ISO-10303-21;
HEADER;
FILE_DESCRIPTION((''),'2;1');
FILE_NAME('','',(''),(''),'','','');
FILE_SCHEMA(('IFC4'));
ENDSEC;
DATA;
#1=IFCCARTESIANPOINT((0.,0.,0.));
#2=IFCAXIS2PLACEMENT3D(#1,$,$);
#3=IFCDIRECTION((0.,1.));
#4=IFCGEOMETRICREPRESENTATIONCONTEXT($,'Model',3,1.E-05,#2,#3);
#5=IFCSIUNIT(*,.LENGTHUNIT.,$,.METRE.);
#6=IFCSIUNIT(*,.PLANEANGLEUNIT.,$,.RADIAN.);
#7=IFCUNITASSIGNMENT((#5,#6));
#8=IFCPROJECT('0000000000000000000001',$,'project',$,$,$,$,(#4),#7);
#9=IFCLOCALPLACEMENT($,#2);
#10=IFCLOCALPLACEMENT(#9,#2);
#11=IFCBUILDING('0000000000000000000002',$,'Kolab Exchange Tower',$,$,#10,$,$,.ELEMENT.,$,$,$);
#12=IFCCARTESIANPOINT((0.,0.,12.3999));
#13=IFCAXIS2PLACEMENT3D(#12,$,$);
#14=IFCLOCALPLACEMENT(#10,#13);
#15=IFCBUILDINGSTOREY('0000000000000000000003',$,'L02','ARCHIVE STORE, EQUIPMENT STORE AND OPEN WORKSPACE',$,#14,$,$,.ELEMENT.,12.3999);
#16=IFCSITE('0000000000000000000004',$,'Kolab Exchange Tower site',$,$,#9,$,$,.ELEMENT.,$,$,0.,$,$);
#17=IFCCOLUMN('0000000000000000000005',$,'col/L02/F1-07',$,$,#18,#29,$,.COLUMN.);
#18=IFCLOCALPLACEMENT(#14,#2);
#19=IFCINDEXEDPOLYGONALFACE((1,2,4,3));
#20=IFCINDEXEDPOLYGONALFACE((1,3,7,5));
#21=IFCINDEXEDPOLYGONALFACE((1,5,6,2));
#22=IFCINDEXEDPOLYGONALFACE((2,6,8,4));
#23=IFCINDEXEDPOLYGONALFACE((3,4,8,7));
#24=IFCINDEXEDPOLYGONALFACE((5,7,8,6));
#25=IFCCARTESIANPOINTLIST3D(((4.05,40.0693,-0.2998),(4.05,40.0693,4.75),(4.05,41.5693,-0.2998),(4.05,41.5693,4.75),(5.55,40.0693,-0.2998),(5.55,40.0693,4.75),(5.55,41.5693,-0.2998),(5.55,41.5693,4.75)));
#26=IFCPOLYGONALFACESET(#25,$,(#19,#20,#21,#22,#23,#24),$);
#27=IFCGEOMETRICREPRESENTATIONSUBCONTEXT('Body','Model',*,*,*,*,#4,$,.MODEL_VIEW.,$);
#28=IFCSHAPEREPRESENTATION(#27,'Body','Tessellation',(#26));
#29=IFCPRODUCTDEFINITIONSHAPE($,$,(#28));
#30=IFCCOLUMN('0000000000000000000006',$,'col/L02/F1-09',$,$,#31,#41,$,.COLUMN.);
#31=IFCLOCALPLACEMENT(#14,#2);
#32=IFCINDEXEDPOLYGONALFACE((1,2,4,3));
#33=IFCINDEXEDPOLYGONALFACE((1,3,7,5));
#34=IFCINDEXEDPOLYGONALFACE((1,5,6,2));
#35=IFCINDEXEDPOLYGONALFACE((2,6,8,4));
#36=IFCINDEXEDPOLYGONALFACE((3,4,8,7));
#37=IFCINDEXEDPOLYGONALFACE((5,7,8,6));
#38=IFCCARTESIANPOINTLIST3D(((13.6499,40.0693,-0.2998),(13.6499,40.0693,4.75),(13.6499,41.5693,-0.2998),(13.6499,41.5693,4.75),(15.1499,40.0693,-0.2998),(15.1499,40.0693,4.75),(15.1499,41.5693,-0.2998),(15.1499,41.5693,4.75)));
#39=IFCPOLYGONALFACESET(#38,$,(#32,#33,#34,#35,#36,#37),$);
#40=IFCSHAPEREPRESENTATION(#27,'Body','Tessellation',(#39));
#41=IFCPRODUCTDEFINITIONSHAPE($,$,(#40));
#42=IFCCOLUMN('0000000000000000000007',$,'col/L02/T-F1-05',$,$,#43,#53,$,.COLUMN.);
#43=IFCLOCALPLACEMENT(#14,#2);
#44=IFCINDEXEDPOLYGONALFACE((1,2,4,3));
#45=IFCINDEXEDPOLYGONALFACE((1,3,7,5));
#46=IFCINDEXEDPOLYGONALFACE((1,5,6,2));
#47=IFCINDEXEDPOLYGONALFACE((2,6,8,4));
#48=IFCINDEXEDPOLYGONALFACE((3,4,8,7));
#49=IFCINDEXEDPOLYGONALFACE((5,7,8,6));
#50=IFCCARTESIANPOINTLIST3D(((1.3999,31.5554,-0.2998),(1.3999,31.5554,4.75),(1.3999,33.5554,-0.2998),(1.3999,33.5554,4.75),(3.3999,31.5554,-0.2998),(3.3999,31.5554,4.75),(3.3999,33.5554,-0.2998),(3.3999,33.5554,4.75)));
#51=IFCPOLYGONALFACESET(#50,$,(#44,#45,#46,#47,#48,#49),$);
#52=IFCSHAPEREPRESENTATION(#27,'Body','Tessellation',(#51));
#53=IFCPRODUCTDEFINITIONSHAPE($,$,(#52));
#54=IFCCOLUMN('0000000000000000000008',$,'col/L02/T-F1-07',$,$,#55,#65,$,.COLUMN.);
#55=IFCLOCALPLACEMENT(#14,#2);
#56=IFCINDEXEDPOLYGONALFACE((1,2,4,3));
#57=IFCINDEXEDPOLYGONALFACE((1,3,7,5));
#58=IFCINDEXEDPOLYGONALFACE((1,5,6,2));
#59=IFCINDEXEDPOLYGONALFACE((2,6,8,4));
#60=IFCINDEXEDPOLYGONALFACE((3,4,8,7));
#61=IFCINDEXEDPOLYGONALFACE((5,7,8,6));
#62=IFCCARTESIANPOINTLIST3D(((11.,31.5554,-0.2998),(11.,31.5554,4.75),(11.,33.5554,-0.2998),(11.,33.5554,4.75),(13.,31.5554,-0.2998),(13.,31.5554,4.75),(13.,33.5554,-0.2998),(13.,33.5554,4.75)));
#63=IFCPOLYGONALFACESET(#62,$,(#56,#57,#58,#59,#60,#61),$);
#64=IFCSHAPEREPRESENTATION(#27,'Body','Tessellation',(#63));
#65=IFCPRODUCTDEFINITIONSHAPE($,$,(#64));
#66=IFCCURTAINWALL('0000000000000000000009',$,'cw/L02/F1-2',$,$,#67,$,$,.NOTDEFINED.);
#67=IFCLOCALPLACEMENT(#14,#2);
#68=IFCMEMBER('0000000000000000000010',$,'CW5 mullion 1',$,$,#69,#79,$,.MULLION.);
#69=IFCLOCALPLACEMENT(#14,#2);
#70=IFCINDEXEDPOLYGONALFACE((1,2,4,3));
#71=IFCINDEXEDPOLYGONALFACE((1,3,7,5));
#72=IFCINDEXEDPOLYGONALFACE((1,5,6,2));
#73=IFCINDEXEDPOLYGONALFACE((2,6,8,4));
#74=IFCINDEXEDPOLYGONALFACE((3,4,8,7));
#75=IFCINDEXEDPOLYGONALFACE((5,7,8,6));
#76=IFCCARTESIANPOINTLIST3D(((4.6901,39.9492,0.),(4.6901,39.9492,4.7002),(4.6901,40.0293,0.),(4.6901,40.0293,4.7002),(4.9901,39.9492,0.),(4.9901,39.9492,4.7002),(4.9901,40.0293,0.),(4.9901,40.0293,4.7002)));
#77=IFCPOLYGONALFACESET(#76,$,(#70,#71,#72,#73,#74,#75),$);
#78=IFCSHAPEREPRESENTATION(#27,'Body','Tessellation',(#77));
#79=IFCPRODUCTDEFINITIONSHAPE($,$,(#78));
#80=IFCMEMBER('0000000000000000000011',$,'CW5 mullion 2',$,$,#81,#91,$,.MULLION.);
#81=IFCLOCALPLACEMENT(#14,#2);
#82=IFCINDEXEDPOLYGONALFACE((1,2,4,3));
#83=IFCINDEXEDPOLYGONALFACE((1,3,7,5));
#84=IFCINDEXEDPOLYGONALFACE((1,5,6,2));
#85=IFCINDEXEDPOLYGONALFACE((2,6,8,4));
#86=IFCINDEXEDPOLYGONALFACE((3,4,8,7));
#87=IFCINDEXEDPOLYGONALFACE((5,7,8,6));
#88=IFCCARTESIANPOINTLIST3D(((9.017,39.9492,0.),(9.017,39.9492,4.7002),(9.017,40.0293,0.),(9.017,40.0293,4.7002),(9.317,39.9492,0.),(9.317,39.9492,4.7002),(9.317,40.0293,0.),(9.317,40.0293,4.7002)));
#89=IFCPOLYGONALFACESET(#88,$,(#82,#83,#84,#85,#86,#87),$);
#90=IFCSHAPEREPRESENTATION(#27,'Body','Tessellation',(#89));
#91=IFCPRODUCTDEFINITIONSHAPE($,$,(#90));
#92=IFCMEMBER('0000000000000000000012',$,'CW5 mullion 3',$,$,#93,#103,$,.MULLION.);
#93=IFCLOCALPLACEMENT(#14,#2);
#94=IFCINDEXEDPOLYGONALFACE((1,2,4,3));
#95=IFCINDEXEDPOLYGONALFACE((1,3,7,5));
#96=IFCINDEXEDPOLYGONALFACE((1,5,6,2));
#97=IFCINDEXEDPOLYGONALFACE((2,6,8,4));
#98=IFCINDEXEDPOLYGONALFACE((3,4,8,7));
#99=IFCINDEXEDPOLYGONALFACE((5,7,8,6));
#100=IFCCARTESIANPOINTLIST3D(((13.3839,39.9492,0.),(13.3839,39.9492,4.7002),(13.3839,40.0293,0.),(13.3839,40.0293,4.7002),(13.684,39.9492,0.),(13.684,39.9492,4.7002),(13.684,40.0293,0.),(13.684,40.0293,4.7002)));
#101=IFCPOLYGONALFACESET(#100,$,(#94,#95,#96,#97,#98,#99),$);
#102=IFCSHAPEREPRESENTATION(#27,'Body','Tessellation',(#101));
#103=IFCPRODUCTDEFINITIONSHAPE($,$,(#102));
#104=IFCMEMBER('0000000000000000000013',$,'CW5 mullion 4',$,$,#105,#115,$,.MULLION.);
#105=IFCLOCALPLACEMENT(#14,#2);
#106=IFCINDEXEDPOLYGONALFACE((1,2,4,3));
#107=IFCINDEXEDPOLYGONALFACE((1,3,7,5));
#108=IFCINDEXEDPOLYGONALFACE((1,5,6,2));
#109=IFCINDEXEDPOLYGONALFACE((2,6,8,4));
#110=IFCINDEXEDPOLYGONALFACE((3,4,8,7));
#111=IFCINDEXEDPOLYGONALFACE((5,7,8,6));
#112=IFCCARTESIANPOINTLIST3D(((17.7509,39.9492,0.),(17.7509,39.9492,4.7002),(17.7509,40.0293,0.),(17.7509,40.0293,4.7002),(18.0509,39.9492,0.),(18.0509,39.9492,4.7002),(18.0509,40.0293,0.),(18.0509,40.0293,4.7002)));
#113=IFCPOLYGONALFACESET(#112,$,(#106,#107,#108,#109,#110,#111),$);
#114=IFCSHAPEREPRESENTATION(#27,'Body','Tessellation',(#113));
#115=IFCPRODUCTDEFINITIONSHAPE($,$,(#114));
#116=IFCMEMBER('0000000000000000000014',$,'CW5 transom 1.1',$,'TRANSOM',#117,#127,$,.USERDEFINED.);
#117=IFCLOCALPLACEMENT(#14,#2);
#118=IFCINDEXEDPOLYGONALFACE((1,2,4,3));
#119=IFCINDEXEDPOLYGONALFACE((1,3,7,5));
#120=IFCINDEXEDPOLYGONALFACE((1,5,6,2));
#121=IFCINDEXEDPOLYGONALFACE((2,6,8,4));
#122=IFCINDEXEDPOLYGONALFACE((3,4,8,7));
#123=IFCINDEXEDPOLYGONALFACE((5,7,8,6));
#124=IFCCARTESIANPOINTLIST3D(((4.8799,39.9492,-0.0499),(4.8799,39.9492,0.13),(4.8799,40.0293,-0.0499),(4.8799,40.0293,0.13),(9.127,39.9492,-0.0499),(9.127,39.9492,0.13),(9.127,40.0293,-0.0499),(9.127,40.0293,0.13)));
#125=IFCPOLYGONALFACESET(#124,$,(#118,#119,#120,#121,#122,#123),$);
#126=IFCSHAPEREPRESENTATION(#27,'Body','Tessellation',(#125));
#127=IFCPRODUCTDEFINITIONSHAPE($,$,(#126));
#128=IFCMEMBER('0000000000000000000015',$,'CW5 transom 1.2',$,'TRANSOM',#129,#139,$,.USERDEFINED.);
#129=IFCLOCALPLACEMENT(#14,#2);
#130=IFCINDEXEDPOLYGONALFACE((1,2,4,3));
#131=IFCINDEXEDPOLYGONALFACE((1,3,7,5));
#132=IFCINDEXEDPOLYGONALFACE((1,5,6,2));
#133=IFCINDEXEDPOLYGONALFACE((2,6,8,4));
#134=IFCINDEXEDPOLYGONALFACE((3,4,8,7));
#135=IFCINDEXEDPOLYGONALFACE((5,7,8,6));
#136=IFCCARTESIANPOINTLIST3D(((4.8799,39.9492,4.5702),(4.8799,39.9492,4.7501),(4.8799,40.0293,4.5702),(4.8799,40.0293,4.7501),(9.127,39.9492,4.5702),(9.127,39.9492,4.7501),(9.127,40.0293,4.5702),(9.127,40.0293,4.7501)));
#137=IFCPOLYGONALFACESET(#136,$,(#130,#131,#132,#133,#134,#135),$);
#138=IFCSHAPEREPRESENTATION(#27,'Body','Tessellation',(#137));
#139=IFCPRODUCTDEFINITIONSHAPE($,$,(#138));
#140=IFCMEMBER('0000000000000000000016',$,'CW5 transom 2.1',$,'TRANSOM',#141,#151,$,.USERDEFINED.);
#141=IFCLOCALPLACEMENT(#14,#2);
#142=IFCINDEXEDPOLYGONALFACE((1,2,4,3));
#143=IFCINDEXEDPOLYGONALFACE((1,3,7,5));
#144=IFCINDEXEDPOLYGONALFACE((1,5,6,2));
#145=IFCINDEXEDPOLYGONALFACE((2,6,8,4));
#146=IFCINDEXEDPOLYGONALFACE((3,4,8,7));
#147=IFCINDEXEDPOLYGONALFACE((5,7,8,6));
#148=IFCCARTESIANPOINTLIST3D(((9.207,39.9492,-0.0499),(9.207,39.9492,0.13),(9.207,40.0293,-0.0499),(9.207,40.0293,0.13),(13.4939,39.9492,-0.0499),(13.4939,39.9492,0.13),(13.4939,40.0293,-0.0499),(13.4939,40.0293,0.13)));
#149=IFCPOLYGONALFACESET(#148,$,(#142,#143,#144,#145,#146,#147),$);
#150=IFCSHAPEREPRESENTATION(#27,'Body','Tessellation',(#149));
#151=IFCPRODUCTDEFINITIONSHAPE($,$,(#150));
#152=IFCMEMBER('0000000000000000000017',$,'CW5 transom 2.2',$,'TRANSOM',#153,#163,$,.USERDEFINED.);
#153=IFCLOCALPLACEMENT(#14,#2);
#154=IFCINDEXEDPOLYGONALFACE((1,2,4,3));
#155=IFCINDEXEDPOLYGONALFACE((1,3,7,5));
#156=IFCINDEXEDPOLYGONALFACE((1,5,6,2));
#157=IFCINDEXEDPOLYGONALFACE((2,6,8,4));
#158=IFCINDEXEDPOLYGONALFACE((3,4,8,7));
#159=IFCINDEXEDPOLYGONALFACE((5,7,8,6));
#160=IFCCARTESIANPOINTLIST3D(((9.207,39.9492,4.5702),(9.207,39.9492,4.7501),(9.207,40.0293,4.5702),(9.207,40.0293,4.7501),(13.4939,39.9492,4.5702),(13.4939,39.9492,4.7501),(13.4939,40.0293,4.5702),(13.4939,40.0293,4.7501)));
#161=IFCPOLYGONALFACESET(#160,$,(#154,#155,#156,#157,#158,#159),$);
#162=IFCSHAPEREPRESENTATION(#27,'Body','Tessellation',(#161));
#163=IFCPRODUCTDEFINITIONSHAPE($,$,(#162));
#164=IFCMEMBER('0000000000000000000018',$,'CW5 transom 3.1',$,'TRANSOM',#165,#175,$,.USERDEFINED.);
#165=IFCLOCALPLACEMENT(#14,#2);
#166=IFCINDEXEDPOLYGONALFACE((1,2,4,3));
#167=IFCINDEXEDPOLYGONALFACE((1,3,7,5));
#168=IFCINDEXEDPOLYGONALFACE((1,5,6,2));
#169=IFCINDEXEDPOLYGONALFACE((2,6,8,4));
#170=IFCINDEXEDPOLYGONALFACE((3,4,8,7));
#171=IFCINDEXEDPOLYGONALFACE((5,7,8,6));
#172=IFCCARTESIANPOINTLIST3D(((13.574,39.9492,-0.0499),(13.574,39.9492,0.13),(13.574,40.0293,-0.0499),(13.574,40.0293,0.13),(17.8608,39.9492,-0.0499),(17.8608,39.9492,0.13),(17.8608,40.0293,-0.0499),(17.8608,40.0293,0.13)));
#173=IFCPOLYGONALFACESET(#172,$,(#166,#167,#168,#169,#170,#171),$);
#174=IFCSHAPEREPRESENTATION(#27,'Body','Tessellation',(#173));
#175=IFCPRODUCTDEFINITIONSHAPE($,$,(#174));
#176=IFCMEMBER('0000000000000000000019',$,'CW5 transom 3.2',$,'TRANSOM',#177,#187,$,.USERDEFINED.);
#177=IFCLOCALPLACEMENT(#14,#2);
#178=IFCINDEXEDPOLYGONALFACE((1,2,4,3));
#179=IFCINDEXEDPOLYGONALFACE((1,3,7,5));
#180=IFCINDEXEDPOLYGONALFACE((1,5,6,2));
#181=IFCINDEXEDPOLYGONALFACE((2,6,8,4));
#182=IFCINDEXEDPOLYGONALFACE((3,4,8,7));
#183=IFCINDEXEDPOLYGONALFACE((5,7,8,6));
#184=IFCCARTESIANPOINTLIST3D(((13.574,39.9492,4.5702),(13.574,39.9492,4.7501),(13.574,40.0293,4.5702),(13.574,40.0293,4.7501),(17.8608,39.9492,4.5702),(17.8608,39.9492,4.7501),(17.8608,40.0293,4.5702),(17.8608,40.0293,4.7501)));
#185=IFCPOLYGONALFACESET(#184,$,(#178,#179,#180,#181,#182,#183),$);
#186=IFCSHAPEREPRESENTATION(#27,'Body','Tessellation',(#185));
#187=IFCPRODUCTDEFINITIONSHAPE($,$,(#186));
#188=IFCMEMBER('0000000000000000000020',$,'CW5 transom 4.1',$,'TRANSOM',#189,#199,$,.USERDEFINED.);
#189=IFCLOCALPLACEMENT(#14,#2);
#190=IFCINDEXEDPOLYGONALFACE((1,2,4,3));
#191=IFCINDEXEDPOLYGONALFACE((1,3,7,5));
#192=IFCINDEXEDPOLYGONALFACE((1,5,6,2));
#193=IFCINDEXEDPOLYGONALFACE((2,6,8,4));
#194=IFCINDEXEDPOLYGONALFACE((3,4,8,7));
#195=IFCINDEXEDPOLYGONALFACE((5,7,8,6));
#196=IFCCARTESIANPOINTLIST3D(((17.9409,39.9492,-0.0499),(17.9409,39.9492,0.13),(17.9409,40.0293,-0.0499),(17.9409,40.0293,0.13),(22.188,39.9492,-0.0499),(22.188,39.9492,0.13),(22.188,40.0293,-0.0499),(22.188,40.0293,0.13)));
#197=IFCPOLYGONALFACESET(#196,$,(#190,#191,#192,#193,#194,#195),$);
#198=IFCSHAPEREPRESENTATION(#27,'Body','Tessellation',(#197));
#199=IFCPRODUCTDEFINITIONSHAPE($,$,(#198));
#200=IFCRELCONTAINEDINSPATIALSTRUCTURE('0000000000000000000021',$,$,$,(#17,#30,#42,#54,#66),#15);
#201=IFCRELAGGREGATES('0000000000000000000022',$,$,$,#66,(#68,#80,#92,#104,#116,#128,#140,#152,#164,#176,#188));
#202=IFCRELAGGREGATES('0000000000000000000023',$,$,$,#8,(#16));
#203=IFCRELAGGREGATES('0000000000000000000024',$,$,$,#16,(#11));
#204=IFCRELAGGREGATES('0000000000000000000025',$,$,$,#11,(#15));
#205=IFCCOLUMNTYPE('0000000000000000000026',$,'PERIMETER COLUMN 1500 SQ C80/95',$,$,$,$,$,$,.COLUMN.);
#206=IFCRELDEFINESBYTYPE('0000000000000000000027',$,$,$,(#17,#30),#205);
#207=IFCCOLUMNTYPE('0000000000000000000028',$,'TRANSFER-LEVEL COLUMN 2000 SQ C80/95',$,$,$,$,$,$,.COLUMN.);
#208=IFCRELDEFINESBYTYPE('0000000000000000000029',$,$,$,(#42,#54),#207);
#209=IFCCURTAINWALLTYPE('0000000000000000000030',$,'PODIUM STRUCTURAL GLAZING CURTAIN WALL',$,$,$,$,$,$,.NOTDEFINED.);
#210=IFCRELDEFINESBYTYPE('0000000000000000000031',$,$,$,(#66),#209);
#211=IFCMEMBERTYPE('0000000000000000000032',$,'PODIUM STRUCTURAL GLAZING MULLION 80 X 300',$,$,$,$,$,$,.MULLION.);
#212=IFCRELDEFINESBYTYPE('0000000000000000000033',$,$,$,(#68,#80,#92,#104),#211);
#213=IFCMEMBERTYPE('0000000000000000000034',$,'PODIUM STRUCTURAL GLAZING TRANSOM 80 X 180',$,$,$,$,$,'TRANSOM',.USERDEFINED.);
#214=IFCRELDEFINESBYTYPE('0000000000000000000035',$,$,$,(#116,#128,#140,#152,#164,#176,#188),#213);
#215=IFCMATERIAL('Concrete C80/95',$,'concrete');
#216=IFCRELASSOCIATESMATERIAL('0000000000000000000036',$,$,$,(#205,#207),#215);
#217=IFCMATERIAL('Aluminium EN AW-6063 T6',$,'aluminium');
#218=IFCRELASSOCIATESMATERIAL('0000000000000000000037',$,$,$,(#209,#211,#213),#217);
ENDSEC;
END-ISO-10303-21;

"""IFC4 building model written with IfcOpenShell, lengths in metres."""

from ifc_helpers import new_model, si_unit, direction, frame, origin, origin_2d, place, context, subcontext, project, spatial, rectangle, extrude, material, material_profile, profile_set, type_object, element, aggregate, save


model = new_model("IFC4")

# Units and contexts
model_context = context("Model", 3, precision=1e-05, world=origin(), true_north=direction((0.0, 1.0)))
body_context = subcontext(model_context, "Body", "Model", "MODEL_VIEW")
ifc_project = project(units=[si_unit("LENGTHUNIT", "METRE"), si_unit("PLANEANGLEUNIT", "RADIAN")], contexts=[model_context])

# Site, building, storey
site_placement = place(None, origin())
site = spatial("IfcSite", under=ifc_project, at=site_placement, Name="Kolab Exchange Tower site", CompositionType="ELEMENT", RefElevation=0.0)
building_placement = place(site_placement, origin())
building = spatial("IfcBuilding", under=site, at=building_placement, Name="Kolab Exchange Tower", CompositionType="ELEMENT")
storey_placement = place(building_placement, frame((0.0, 0.0, 12.3999)))
storey = spatial("IfcBuildingStorey", under=building, at=storey_placement, Name="L02", Description="ARCHIVE STORE, EQUIPMENT STORE AND OPEN WORKSPACE", CompositionType="ELEMENT", Elevation=12.3999)

# Columns
ifc_material_1 = material(Name="Concrete C80/95", Category="concrete")
ifc_material_profile_1 = material_profile(ifc_material_1, rectangle(XDim=1.5, YDim=1.5, at=origin_2d()), Name="RC1500")
ifc_profile_set_1 = profile_set([ifc_material_profile_1], Name="Concrete C80/95")
column_type_1 = type_object("IfcColumnType", Name="PERIMETER COLUMN 1500 SQ C80/95", PredefinedType="COLUMN", material=ifc_profile_set_1)
for number, where, z_axis, x_axis, name in (
    (1, (4.8, 40.8193, -0.2998), (0.0, 0.0, 1.0), (1.0, 0.0, 0.0), "col/L02/F1-07"),
    (2, (14.3999, 40.8193, -0.2998), (0.0, 0.0, 1.0), (1.0, 0.0, 0.0), "col/L02/F1-09"),
):
    element("IfcColumn", number, at=place(storey_placement, frame(where, z_axis=z_axis, x_axis=x_axis)), inside=storey, type_object=column_type_1, Name=name, PredefinedType="COLUMN", context=body_context, shape_type="SweptSolid", body=[
        extrude(rectangle(XDim=1.5, YDim=1.5, at=origin_2d()), origin(), (0.0, 0.0, 1.0), 5.0498),
    ])
ifc_material_profile_2 = material_profile(ifc_material_1, rectangle(XDim=2.0, YDim=2.0, at=origin_2d()), Name="RC2000")
ifc_profile_set_2 = profile_set([ifc_material_profile_2], Name="Concrete C80/95")
column_type_2 = type_object("IfcColumnType", Name="TRANSFER-LEVEL COLUMN 2000 SQ C80/95", PredefinedType="COLUMN", material=ifc_profile_set_2)
for number, where, z_axis, x_axis, name in (
    (3, (2.3999, 32.5554, -0.2998), (0.0, 0.0, 1.0), (1.0, 0.0, 0.0), "col/L02/T-F1-05"),
    (4, (12.0, 32.5554, -0.2998), (0.0, 0.0, 1.0), (1.0, 0.0, 0.0), "col/L02/T-F1-07"),
):
    element("IfcColumn", number, at=place(storey_placement, frame(where, z_axis=z_axis, x_axis=x_axis)), inside=storey, type_object=column_type_2, Name=name, PredefinedType="COLUMN", context=body_context, shape_type="SweptSolid", body=[
        extrude(rectangle(XDim=2.0, YDim=2.0, at=origin_2d()), origin(), (0.0, 0.0, 1.0), 5.0498),
    ])

# Curtain wall, members
ifc_material_2 = material(Name="Aluminium EN AW-6063 T6", Category="aluminium")
curtain_wall_type = type_object("IfcCurtainWallType", Name="PODIUM STRUCTURAL GLAZING CURTAIN WALL", PredefinedType="NOTDEFINED", material=ifc_material_2)
curtain_wall_placement = place(storey_placement, origin())
curtain_wall = element("IfcCurtainWall", 5, at=curtain_wall_placement, inside=storey, type_object=curtain_wall_type, Name="cw/L02/F1-2", PredefinedType="NOTDEFINED")
ifc_material_profile_3 = material_profile(ifc_material_2, rectangle(XDim=0.0801, YDim=0.3, at=origin_2d()), Name="RECT 80X300")
ifc_profile_set_3 = profile_set([ifc_material_profile_3], Name="Aluminium EN AW-6063 T6")
member_type_1 = type_object("IfcMemberType", Name="PODIUM STRUCTURAL GLAZING MULLION 80 X 300", PredefinedType="MULLION", material=ifc_profile_set_3)
member_1_placement = place(storey_placement, frame((4.8401, 39.9893, 0.0), z_axis=(0.0, 0.0, 1.0), x_axis=(0.0, 1.0, 0.0)))
member_1 = element("IfcMember", 6, at=member_1_placement, type_object=member_type_1, Name="CW5 mullion 1", PredefinedType="MULLION", context=body_context, shape_type="SweptSolid", body=[
    extrude(rectangle(XDim=0.0801, YDim=0.3, at=origin_2d()), origin(), (0.0, 0.0, 1.0), 4.7002),
])
member_2_placement = place(storey_placement, frame((9.167, 39.9893, 0.0), z_axis=(0.0, 0.0, 1.0), x_axis=(0.0, 1.0, 0.0)))
member_2 = element("IfcMember", 7, at=member_2_placement, type_object=member_type_1, Name="CW5 mullion 2", PredefinedType="MULLION", context=body_context, shape_type="SweptSolid", body=[
    extrude(rectangle(XDim=0.0801, YDim=0.3, at=origin_2d()), origin(), (0.0, 0.0, 1.0), 4.7002),
])
member_3_placement = place(storey_placement, frame((13.5339, 39.9893, 0.0), z_axis=(0.0, 0.0, 1.0), x_axis=(0.0, 1.0, 0.0)))
member_3 = element("IfcMember", 8, at=member_3_placement, type_object=member_type_1, Name="CW5 mullion 3", PredefinedType="MULLION", context=body_context, shape_type="SweptSolid", body=[
    extrude(rectangle(XDim=0.0801, YDim=0.3, at=origin_2d()), origin(), (0.0, 0.0, 1.0), 4.7002),
])
member_4_placement = place(storey_placement, frame((17.9009, 39.9893, 0.0), z_axis=(0.0, 0.0, 1.0), x_axis=(0.0, 1.0, 0.0)))
member_4 = element("IfcMember", 9, at=member_4_placement, type_object=member_type_1, Name="CW5 mullion 4", PredefinedType="MULLION", context=body_context, shape_type="SweptSolid", body=[
    extrude(rectangle(XDim=0.0801, YDim=0.3, at=origin_2d()), origin(), (0.0, 0.0, 1.0), 4.7002),
])
ifc_material_profile_4 = material_profile(ifc_material_2, rectangle(XDim=0.0801, YDim=0.1799, at=origin_2d()), Name="RECT 80X180")
ifc_profile_set_4 = profile_set([ifc_material_profile_4], Name="Aluminium EN AW-6063 T6")
member_type_2 = type_object("IfcMemberType", Name="PODIUM STRUCTURAL GLAZING TRANSOM 80 X 180", ElementType="TRANSOM", PredefinedType="USERDEFINED", material=ifc_profile_set_4)
member_5_placement = place(storey_placement, frame((4.8799, 39.9893, 0.04), z_axis=(1.0, 0.0, 0.0), x_axis=(0.0, 1.0, 0.0)))
member_5 = element("IfcMember", 10, at=member_5_placement, type_object=member_type_2, Name="CW5 transom 1.1", ObjectType="TRANSOM", PredefinedType="USERDEFINED", context=body_context, shape_type="SweptSolid", body=[
    extrude(rectangle(XDim=0.0801, YDim=0.1799, at=origin_2d()), origin(), (0.0, 0.0, 1.0), 4.2471),
])
member_6_placement = place(storey_placement, frame((4.8799, 39.9893, 4.6602), z_axis=(1.0, 0.0, 0.0), x_axis=(0.0, 1.0, 0.0)))
member_6 = element("IfcMember", 11, at=member_6_placement, type_object=member_type_2, Name="CW5 transom 1.2", ObjectType="TRANSOM", PredefinedType="USERDEFINED", context=body_context, shape_type="SweptSolid", body=[
    extrude(rectangle(XDim=0.0801, YDim=0.1799, at=origin_2d()), origin(), (0.0, 0.0, 1.0), 4.2471),
])
member_7_placement = place(storey_placement, frame((9.207, 39.9893, 0.04), z_axis=(1.0, 0.0, 0.0), x_axis=(0.0, 1.0, 0.0)))
member_7 = element("IfcMember", 12, at=member_7_placement, type_object=member_type_2, Name="CW5 transom 2.1", ObjectType="TRANSOM", PredefinedType="USERDEFINED", context=body_context, shape_type="SweptSolid", body=[
    extrude(rectangle(XDim=0.0801, YDim=0.1799, at=origin_2d()), origin(), (0.0, 0.0, 1.0), 4.2869),
])
member_8_placement = place(storey_placement, frame((9.207, 39.9893, 4.6602), z_axis=(1.0, 0.0, 0.0), x_axis=(0.0, 1.0, 0.0)))
member_8 = element("IfcMember", 13, at=member_8_placement, type_object=member_type_2, Name="CW5 transom 2.2", ObjectType="TRANSOM", PredefinedType="USERDEFINED", context=body_context, shape_type="SweptSolid", body=[
    extrude(rectangle(XDim=0.0801, YDim=0.1799, at=origin_2d()), origin(), (0.0, 0.0, 1.0), 4.2869),
])
member_9_placement = place(storey_placement, frame((13.574, 39.9893, 0.04), z_axis=(1.0, 0.0, 0.0), x_axis=(0.0, 1.0, 0.0)))
member_9 = element("IfcMember", 14, at=member_9_placement, type_object=member_type_2, Name="CW5 transom 3.1", ObjectType="TRANSOM", PredefinedType="USERDEFINED", context=body_context, shape_type="SweptSolid", body=[
    extrude(rectangle(XDim=0.0801, YDim=0.1799, at=origin_2d()), origin(), (0.0, 0.0, 1.0), 4.2869),
])
member_10_placement = place(storey_placement, frame((13.574, 39.9893, 4.6602), z_axis=(1.0, 0.0, 0.0), x_axis=(0.0, 1.0, 0.0)))
member_10 = element("IfcMember", 15, at=member_10_placement, type_object=member_type_2, Name="CW5 transom 3.2", ObjectType="TRANSOM", PredefinedType="USERDEFINED", context=body_context, shape_type="SweptSolid", body=[
    extrude(rectangle(XDim=0.0801, YDim=0.1799, at=origin_2d()), origin(), (0.0, 0.0, 1.0), 4.2869),
])
member_11_placement = place(storey_placement, frame((17.9409, 39.9893, 0.04), z_axis=(1.0, 0.0, 0.0), x_axis=(0.0, 1.0, 0.0)))
member_11 = element("IfcMember", 16, at=member_11_placement, type_object=member_type_2, Name="CW5 transom 4.1", ObjectType="TRANSOM", PredefinedType="USERDEFINED", context=body_context, shape_type="SweptSolid", body=[
    extrude(rectangle(XDim=0.0801, YDim=0.1799, at=origin_2d()), origin(), (0.0, 0.0, 1.0), 4.2471),
])

aggregate(curtain_wall, [member_1, member_2, member_3, member_4, member_5, member_6, member_7, member_8, member_9, member_10, member_11])

save(model, "model.ifc")
